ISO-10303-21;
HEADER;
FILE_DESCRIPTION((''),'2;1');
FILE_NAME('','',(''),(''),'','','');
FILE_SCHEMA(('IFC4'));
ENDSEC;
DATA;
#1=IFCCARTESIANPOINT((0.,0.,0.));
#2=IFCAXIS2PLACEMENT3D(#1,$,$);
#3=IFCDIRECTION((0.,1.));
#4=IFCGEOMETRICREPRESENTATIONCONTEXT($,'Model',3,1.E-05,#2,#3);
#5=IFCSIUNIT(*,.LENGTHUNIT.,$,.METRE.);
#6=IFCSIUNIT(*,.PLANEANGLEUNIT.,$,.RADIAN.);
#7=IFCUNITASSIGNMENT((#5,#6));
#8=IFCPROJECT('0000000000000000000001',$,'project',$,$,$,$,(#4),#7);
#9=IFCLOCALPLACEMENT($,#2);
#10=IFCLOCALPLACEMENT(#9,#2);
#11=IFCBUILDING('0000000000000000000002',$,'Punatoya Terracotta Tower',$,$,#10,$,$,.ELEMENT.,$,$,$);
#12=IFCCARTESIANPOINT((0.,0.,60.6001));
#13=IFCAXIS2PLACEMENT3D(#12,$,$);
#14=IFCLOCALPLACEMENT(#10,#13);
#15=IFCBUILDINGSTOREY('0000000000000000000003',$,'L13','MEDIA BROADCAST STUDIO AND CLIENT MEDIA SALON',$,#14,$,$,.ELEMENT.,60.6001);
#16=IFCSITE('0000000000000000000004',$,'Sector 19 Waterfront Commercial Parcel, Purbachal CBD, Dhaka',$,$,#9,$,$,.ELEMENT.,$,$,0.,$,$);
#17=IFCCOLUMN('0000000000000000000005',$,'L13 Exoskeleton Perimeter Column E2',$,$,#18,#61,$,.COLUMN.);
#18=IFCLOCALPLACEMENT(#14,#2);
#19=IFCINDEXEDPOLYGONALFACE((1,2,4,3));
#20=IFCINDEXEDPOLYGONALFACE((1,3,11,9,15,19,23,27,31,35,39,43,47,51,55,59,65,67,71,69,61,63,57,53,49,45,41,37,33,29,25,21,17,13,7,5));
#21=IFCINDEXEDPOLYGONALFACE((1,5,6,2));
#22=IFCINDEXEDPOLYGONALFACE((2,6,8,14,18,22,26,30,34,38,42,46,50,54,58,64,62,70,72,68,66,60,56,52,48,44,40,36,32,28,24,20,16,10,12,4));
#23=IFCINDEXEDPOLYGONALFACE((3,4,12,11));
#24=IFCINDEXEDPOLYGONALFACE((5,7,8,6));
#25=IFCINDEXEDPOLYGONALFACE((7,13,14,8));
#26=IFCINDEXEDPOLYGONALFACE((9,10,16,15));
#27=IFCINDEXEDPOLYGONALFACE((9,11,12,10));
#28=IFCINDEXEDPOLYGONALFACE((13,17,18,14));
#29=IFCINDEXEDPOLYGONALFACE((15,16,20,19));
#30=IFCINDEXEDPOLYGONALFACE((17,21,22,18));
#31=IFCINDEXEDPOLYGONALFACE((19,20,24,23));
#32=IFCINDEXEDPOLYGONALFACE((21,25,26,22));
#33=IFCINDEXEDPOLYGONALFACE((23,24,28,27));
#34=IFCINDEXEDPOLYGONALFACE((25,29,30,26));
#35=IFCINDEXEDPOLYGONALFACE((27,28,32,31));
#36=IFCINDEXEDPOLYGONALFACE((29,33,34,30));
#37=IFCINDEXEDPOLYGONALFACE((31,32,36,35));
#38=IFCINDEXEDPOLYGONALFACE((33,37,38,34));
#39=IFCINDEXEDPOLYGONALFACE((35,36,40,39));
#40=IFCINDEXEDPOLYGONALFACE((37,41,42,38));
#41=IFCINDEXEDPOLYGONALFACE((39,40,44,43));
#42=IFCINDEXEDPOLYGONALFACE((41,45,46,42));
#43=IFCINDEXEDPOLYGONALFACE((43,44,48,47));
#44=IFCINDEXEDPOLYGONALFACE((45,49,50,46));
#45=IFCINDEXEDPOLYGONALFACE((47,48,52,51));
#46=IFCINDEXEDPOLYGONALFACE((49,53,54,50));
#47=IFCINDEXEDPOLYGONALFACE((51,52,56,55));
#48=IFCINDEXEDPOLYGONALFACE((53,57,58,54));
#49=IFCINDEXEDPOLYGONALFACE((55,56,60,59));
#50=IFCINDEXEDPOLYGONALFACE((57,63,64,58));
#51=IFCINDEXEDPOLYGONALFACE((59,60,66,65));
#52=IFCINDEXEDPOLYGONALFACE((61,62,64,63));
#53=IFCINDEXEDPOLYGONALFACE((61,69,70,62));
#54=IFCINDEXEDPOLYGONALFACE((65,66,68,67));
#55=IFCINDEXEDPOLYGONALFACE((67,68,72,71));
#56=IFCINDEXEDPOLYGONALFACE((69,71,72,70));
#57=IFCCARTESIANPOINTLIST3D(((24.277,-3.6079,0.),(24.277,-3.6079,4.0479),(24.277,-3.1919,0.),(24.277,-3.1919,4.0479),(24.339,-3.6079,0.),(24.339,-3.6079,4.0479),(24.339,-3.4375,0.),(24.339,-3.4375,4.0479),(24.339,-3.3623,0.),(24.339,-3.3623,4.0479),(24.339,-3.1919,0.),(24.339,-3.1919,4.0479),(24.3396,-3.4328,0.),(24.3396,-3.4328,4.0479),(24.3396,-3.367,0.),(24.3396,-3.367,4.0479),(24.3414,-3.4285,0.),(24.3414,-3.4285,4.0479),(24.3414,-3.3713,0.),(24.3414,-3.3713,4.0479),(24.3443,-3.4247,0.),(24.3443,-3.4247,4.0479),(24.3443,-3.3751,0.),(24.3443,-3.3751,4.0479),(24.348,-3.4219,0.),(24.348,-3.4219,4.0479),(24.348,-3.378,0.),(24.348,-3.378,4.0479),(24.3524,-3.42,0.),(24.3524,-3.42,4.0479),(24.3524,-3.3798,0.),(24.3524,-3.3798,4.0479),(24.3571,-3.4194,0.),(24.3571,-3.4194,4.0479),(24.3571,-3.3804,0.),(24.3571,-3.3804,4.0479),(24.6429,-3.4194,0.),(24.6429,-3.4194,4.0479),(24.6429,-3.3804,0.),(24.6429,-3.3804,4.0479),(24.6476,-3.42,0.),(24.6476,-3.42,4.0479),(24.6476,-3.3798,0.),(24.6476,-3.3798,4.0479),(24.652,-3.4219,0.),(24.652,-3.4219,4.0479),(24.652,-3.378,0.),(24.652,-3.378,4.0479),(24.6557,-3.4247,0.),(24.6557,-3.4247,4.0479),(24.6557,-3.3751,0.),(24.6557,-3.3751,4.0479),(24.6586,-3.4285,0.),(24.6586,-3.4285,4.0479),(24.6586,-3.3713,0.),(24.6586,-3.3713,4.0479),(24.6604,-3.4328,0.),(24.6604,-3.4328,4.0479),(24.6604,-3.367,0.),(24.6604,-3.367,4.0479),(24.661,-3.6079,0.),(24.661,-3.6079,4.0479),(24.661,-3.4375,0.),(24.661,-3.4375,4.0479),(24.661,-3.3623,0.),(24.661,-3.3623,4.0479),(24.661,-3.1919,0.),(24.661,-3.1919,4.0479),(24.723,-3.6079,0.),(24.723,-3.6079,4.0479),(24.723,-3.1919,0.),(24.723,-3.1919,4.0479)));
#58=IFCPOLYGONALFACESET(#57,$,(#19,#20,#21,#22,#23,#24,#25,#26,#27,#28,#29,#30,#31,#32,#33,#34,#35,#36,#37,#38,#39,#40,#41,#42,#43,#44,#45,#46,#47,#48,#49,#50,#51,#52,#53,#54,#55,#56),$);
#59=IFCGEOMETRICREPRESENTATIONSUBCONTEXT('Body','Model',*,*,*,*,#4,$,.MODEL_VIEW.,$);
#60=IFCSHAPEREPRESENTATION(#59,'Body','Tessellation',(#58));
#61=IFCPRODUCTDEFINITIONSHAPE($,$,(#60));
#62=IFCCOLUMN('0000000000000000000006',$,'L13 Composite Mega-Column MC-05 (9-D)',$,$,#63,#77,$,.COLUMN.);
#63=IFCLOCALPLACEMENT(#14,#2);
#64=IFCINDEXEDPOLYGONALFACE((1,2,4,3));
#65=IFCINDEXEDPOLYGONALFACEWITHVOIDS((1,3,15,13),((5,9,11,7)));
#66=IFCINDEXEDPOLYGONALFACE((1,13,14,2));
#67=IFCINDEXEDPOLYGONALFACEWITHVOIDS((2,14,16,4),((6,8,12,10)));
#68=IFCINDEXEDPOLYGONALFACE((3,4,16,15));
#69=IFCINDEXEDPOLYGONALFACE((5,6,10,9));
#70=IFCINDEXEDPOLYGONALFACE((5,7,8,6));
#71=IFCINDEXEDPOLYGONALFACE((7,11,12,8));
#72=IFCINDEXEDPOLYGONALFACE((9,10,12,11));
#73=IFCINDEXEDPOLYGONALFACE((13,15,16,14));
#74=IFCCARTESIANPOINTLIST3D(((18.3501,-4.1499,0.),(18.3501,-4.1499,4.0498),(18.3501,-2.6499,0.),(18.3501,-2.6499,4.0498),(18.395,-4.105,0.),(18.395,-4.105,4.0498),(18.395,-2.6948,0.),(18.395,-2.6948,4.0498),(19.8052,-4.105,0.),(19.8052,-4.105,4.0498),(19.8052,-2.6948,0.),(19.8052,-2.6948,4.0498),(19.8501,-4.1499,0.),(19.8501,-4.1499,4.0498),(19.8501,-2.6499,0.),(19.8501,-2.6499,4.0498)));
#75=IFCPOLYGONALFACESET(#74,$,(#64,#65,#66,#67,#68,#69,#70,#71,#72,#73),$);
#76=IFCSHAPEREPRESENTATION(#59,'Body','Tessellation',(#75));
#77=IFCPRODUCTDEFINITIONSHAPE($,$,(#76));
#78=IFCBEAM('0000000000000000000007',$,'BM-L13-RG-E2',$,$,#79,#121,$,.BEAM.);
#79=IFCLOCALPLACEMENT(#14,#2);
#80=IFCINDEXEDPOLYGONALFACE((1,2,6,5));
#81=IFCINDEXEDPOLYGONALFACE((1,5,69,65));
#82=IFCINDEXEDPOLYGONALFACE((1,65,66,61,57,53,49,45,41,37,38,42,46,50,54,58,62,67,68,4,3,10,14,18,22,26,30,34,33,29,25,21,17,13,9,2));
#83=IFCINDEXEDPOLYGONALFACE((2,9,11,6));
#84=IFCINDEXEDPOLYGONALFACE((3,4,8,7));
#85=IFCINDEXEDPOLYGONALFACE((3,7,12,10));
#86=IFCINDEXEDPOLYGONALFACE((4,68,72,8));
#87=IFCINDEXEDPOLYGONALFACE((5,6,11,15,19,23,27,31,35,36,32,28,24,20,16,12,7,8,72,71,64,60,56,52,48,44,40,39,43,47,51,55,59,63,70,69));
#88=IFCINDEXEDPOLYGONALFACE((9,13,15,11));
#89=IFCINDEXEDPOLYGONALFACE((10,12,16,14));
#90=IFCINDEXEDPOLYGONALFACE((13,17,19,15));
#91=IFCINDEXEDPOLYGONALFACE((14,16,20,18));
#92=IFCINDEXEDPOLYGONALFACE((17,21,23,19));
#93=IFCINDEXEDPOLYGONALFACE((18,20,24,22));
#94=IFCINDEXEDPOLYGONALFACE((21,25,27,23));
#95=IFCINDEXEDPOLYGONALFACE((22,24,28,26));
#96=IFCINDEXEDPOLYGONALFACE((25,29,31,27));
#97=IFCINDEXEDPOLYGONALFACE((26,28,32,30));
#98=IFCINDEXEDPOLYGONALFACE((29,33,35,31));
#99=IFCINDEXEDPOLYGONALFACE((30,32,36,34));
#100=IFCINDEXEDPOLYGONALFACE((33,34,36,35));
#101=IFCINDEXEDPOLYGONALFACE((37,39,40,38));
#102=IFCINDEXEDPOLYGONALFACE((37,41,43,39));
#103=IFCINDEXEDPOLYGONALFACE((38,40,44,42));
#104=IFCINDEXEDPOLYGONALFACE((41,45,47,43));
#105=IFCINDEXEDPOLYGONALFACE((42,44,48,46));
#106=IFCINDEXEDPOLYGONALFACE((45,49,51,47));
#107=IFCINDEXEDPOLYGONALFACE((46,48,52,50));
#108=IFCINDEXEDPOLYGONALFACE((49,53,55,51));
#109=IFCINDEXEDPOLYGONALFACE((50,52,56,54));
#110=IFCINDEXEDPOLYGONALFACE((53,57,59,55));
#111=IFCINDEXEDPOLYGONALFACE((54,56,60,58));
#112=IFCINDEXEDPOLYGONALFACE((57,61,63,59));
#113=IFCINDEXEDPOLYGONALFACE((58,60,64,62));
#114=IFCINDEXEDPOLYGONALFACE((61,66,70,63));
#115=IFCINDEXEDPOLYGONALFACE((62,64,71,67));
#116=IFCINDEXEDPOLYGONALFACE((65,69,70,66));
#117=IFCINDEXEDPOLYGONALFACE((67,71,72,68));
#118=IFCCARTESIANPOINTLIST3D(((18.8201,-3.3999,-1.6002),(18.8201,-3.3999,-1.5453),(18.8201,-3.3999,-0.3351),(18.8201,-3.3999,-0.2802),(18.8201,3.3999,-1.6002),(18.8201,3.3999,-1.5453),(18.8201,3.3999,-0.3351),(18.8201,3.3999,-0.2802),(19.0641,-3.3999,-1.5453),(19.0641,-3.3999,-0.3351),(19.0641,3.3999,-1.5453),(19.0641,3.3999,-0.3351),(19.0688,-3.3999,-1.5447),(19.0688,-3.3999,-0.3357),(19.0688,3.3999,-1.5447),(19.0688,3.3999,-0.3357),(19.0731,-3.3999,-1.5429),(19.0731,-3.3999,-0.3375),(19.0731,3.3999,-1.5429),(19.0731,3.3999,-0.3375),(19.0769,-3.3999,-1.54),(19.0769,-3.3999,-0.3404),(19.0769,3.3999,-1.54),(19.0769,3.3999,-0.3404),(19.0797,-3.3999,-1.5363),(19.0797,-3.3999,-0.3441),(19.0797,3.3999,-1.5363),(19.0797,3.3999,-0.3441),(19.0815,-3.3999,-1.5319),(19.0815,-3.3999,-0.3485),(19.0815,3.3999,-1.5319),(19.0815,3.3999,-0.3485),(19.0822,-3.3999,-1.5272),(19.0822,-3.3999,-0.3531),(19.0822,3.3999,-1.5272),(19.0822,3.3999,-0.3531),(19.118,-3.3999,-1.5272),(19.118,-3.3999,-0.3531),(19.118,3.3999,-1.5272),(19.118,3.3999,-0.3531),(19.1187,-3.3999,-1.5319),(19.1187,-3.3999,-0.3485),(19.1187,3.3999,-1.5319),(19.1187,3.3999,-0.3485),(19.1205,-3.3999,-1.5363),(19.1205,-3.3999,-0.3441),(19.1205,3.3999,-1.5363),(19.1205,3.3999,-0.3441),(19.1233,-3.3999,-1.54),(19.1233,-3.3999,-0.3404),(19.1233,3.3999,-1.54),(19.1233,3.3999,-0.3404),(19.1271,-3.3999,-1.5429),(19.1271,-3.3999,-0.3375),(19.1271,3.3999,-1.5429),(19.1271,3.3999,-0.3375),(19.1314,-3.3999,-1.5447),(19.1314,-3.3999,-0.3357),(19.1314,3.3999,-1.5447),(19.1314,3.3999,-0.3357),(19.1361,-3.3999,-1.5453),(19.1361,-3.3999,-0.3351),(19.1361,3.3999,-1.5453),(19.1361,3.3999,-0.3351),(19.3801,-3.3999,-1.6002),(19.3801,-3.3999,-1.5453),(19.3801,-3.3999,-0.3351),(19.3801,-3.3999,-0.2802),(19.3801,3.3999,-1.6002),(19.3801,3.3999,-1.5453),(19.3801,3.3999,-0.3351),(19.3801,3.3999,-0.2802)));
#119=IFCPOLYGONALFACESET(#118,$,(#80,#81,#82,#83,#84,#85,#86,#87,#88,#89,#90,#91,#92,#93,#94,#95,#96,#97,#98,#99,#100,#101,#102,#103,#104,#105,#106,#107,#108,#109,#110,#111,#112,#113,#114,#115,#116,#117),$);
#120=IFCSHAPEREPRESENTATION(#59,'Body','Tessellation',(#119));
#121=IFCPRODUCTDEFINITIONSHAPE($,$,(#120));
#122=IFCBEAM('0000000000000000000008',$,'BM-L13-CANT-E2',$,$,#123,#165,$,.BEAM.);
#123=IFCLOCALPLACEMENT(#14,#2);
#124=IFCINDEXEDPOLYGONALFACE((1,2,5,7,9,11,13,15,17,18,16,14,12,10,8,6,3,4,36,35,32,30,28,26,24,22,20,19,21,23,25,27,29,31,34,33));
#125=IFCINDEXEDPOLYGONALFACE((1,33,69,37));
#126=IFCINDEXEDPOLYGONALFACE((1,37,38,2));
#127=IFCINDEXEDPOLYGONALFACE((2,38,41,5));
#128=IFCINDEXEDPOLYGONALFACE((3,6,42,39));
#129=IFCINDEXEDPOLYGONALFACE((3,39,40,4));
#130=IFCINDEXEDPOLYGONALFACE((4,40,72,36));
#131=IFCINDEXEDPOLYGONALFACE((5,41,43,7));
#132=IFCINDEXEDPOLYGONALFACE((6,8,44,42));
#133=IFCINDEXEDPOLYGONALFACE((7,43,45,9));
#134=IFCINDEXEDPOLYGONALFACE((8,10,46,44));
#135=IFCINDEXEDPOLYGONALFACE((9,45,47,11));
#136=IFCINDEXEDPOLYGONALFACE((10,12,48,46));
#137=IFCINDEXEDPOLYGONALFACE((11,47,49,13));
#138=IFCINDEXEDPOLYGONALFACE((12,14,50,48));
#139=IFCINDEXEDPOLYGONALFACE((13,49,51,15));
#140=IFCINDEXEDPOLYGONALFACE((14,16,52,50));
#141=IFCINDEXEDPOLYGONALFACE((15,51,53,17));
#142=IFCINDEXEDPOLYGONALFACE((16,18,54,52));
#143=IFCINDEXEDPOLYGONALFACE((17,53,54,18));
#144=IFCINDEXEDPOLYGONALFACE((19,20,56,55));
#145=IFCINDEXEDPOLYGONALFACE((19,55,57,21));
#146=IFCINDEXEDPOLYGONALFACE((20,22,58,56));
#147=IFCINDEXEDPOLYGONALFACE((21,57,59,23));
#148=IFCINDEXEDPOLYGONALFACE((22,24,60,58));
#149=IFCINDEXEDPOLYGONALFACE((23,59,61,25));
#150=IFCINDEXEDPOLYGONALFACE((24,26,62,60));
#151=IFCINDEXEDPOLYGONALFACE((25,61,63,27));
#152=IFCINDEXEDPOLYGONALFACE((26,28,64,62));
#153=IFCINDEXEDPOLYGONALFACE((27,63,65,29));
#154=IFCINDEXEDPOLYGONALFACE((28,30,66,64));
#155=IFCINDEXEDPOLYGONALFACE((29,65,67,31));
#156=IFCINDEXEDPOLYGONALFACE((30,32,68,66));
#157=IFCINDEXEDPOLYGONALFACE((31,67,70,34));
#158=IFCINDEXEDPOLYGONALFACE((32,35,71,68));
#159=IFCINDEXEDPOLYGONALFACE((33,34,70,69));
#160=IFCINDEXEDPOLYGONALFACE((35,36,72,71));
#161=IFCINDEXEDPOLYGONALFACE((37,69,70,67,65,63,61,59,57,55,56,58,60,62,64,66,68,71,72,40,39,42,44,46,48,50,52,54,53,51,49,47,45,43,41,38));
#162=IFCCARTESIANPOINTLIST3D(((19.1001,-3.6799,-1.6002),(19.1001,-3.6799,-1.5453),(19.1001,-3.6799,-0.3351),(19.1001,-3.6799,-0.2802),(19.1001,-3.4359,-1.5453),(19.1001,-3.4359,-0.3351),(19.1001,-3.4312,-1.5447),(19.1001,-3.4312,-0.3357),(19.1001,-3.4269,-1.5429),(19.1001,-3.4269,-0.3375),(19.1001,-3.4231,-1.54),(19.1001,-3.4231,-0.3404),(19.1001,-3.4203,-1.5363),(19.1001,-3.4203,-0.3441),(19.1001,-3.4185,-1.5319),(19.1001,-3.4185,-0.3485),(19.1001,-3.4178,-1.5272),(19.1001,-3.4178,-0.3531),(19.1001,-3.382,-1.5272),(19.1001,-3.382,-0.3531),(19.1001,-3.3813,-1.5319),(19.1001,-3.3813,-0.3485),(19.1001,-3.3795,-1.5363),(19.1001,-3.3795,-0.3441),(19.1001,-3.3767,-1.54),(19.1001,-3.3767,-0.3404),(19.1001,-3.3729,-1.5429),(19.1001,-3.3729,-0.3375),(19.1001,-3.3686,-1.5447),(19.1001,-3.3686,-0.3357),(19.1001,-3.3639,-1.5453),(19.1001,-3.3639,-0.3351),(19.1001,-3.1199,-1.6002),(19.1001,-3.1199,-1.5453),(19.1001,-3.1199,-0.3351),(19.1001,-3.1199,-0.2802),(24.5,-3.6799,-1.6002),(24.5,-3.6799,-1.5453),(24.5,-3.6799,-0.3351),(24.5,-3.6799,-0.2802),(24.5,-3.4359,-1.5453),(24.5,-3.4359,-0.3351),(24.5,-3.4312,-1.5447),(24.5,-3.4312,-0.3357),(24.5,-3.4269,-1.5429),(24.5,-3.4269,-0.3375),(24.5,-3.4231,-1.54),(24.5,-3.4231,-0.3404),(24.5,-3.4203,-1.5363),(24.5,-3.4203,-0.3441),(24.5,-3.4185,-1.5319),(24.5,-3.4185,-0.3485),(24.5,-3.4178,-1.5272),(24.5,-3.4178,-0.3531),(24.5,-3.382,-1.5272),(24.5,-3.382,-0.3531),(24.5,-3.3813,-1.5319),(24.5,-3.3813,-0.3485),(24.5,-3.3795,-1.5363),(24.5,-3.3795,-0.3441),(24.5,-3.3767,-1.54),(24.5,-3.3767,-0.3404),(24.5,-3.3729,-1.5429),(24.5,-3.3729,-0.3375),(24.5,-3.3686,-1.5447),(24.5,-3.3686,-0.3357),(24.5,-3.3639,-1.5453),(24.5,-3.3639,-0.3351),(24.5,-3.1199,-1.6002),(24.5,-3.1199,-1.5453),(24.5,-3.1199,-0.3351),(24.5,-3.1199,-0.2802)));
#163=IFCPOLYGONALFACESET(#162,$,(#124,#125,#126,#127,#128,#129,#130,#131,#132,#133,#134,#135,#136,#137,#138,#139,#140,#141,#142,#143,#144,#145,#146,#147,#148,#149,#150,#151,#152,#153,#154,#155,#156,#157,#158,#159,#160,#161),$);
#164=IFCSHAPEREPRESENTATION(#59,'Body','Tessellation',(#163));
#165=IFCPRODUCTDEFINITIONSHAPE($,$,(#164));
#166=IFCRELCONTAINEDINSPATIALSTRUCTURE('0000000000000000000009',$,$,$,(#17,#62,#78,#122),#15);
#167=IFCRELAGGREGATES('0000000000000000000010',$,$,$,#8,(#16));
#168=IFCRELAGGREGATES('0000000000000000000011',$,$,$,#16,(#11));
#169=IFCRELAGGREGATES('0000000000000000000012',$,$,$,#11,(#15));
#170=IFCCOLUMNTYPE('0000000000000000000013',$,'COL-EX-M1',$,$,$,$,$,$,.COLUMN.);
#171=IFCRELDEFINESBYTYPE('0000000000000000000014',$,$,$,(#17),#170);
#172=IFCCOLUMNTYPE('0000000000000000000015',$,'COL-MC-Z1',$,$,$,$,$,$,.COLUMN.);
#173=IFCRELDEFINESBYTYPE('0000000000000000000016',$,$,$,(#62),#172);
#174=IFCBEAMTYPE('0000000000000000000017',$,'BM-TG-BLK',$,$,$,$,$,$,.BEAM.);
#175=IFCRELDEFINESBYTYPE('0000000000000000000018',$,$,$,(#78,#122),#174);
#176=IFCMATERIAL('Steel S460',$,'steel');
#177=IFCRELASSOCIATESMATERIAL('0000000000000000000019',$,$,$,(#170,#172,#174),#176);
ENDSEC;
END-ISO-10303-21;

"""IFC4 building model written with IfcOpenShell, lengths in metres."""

from ifc_helpers import new_model, si_unit, direction, frame, origin, origin_2d, place, context, subcontext, project, spatial, hollow_rectangle, i_section, extrude, material, material_profile, profile_set, type_object, element, save


model = new_model("IFC4")

# Units and contexts
model_context = context("Model", 3, precision=1e-05, world=origin(), true_north=direction((0.0, 1.0)))
body_context = subcontext(model_context, "Body", "Model", "MODEL_VIEW")
ifc_project = project(units=[si_unit("LENGTHUNIT", "METRE"), si_unit("PLANEANGLEUNIT", "RADIAN")], contexts=[model_context])

# Site, building, storey
site_placement = place(None, origin())
site = spatial("IfcSite", under=ifc_project, at=site_placement, Name="Sector 19 Waterfront Commercial Parcel, Purbachal CBD, Dhaka", CompositionType="ELEMENT", RefElevation=0.0)
building_placement = place(site_placement, origin())
building = spatial("IfcBuilding", under=site, at=building_placement, Name="Punatoya Terracotta Tower", CompositionType="ELEMENT")
storey_placement = place(building_placement, frame((0.0, 0.0, 60.6001)))
storey = spatial("IfcBuildingStorey", under=building, at=storey_placement, Name="L13", Description="MEDIA BROADCAST STUDIO AND CLIENT MEDIA SALON", CompositionType="ELEMENT", Elevation=60.6001)

# Columns
ifc_material_1 = material(Name="Steel S460", Category="steel")
ifc_material_profile_1 = material_profile(ifc_material_1, i_section(OverallWidth=0.416, OverallDepth=0.446, WebThickness=0.0391, FlangeThickness=0.062, FilletRadius=0.0181, at=origin_2d()))
ifc_profile_set_1 = profile_set([ifc_material_profile_1], Name="Steel S460")
column_type_1 = type_object("IfcColumnType", Name="COL-EX-M1", PredefinedType="COLUMN", material=ifc_profile_set_1)
column_1_placement = place(storey_placement, frame((24.5, -3.3999, 0.0), z_axis=(0.0, 0.0, 1.0), x_axis=(0.0, 1.0, 0.0)))
element("IfcColumn", 1, at=column_1_placement, inside=storey, type_object=column_type_1, Name="L13 Exoskeleton Perimeter Column E2", PredefinedType="COLUMN", context=body_context, shape_type="SweptSolid", body=[
    extrude(i_section(OverallWidth=0.416, OverallDepth=0.446, WebThickness=0.0391, FlangeThickness=0.062, FilletRadius=0.0181, at=origin_2d()), origin(), (0.0, 0.0, 1.0), 4.0479),
])
ifc_material_profile_2 = material_profile(ifc_material_1, hollow_rectangle(XDim=1.5, YDim=1.5, WallThickness=0.0449, at=origin_2d()))
ifc_profile_set_2 = profile_set([ifc_material_profile_2], Name="Steel S460")
column_type_2 = type_object("IfcColumnType", Name="COL-MC-Z1", PredefinedType="COLUMN", material=ifc_profile_set_2)
column_2_placement = place(storey_placement, frame((19.1001, -3.3999, 0.0), z_axis=(0.0, 0.0, 1.0), x_axis=(1.0, 0.0, 0.0)))
element("IfcColumn", 2, at=column_2_placement, inside=storey, type_object=column_type_2, Name="L13 Composite Mega-Column MC-05 (9-D)", PredefinedType="COLUMN", context=body_context, shape_type="SweptSolid", body=[
    extrude(hollow_rectangle(XDim=1.5, YDim=1.5, WallThickness=0.0449, at=origin_2d()), origin(), (0.0, 0.0, 1.0), 4.0498),
])

# Beams
ifc_material_profile_3 = material_profile(ifc_material_1, i_section(OverallWidth=0.5601, OverallDepth=1.3201, WebThickness=0.0359, FlangeThickness=0.0549, FilletRadius=0.0181, at=origin_2d()))
ifc_profile_set_3 = profile_set([ifc_material_profile_3], Name="Steel S460")
beam_type = type_object("IfcBeamType", Name="BM-TG-BLK", PredefinedType="BEAM", material=ifc_profile_set_3)
beam_1_placement = place(storey_placement, frame((19.1001, -3.3999, -0.9402), z_axis=(0.0, 1.0, 0.0), x_axis=(-1.0, 0.0, 0.0)))
element("IfcBeam", 3, at=beam_1_placement, inside=storey, type_object=beam_type, Name="BM-L13-RG-E2", PredefinedType="BEAM", context=body_context, shape_type="SweptSolid", body=[
    extrude(i_section(OverallWidth=0.5601, OverallDepth=1.3201, WebThickness=0.0359, FlangeThickness=0.0549, FilletRadius=0.0181, at=origin_2d()), origin(), (0.0, 0.0, 1.0), 6.7998),
])
beam_2_placement = place(storey_placement, frame((19.1001, -3.3999, -0.9402), z_axis=(1.0, 0.0, 0.0), x_axis=(0.0, 1.0, 0.0)))
element("IfcBeam", 4, at=beam_2_placement, inside=storey, type_object=beam_type, Name="BM-L13-CANT-E2", PredefinedType="BEAM", context=body_context, shape_type="SweptSolid", body=[
    extrude(i_section(OverallWidth=0.5601, OverallDepth=1.3201, WebThickness=0.0359, FlangeThickness=0.0549, FilletRadius=0.0181, at=origin_2d()), origin(), (0.0, 0.0, 1.0), 5.3999),
])

save(model, "model.ifc")
